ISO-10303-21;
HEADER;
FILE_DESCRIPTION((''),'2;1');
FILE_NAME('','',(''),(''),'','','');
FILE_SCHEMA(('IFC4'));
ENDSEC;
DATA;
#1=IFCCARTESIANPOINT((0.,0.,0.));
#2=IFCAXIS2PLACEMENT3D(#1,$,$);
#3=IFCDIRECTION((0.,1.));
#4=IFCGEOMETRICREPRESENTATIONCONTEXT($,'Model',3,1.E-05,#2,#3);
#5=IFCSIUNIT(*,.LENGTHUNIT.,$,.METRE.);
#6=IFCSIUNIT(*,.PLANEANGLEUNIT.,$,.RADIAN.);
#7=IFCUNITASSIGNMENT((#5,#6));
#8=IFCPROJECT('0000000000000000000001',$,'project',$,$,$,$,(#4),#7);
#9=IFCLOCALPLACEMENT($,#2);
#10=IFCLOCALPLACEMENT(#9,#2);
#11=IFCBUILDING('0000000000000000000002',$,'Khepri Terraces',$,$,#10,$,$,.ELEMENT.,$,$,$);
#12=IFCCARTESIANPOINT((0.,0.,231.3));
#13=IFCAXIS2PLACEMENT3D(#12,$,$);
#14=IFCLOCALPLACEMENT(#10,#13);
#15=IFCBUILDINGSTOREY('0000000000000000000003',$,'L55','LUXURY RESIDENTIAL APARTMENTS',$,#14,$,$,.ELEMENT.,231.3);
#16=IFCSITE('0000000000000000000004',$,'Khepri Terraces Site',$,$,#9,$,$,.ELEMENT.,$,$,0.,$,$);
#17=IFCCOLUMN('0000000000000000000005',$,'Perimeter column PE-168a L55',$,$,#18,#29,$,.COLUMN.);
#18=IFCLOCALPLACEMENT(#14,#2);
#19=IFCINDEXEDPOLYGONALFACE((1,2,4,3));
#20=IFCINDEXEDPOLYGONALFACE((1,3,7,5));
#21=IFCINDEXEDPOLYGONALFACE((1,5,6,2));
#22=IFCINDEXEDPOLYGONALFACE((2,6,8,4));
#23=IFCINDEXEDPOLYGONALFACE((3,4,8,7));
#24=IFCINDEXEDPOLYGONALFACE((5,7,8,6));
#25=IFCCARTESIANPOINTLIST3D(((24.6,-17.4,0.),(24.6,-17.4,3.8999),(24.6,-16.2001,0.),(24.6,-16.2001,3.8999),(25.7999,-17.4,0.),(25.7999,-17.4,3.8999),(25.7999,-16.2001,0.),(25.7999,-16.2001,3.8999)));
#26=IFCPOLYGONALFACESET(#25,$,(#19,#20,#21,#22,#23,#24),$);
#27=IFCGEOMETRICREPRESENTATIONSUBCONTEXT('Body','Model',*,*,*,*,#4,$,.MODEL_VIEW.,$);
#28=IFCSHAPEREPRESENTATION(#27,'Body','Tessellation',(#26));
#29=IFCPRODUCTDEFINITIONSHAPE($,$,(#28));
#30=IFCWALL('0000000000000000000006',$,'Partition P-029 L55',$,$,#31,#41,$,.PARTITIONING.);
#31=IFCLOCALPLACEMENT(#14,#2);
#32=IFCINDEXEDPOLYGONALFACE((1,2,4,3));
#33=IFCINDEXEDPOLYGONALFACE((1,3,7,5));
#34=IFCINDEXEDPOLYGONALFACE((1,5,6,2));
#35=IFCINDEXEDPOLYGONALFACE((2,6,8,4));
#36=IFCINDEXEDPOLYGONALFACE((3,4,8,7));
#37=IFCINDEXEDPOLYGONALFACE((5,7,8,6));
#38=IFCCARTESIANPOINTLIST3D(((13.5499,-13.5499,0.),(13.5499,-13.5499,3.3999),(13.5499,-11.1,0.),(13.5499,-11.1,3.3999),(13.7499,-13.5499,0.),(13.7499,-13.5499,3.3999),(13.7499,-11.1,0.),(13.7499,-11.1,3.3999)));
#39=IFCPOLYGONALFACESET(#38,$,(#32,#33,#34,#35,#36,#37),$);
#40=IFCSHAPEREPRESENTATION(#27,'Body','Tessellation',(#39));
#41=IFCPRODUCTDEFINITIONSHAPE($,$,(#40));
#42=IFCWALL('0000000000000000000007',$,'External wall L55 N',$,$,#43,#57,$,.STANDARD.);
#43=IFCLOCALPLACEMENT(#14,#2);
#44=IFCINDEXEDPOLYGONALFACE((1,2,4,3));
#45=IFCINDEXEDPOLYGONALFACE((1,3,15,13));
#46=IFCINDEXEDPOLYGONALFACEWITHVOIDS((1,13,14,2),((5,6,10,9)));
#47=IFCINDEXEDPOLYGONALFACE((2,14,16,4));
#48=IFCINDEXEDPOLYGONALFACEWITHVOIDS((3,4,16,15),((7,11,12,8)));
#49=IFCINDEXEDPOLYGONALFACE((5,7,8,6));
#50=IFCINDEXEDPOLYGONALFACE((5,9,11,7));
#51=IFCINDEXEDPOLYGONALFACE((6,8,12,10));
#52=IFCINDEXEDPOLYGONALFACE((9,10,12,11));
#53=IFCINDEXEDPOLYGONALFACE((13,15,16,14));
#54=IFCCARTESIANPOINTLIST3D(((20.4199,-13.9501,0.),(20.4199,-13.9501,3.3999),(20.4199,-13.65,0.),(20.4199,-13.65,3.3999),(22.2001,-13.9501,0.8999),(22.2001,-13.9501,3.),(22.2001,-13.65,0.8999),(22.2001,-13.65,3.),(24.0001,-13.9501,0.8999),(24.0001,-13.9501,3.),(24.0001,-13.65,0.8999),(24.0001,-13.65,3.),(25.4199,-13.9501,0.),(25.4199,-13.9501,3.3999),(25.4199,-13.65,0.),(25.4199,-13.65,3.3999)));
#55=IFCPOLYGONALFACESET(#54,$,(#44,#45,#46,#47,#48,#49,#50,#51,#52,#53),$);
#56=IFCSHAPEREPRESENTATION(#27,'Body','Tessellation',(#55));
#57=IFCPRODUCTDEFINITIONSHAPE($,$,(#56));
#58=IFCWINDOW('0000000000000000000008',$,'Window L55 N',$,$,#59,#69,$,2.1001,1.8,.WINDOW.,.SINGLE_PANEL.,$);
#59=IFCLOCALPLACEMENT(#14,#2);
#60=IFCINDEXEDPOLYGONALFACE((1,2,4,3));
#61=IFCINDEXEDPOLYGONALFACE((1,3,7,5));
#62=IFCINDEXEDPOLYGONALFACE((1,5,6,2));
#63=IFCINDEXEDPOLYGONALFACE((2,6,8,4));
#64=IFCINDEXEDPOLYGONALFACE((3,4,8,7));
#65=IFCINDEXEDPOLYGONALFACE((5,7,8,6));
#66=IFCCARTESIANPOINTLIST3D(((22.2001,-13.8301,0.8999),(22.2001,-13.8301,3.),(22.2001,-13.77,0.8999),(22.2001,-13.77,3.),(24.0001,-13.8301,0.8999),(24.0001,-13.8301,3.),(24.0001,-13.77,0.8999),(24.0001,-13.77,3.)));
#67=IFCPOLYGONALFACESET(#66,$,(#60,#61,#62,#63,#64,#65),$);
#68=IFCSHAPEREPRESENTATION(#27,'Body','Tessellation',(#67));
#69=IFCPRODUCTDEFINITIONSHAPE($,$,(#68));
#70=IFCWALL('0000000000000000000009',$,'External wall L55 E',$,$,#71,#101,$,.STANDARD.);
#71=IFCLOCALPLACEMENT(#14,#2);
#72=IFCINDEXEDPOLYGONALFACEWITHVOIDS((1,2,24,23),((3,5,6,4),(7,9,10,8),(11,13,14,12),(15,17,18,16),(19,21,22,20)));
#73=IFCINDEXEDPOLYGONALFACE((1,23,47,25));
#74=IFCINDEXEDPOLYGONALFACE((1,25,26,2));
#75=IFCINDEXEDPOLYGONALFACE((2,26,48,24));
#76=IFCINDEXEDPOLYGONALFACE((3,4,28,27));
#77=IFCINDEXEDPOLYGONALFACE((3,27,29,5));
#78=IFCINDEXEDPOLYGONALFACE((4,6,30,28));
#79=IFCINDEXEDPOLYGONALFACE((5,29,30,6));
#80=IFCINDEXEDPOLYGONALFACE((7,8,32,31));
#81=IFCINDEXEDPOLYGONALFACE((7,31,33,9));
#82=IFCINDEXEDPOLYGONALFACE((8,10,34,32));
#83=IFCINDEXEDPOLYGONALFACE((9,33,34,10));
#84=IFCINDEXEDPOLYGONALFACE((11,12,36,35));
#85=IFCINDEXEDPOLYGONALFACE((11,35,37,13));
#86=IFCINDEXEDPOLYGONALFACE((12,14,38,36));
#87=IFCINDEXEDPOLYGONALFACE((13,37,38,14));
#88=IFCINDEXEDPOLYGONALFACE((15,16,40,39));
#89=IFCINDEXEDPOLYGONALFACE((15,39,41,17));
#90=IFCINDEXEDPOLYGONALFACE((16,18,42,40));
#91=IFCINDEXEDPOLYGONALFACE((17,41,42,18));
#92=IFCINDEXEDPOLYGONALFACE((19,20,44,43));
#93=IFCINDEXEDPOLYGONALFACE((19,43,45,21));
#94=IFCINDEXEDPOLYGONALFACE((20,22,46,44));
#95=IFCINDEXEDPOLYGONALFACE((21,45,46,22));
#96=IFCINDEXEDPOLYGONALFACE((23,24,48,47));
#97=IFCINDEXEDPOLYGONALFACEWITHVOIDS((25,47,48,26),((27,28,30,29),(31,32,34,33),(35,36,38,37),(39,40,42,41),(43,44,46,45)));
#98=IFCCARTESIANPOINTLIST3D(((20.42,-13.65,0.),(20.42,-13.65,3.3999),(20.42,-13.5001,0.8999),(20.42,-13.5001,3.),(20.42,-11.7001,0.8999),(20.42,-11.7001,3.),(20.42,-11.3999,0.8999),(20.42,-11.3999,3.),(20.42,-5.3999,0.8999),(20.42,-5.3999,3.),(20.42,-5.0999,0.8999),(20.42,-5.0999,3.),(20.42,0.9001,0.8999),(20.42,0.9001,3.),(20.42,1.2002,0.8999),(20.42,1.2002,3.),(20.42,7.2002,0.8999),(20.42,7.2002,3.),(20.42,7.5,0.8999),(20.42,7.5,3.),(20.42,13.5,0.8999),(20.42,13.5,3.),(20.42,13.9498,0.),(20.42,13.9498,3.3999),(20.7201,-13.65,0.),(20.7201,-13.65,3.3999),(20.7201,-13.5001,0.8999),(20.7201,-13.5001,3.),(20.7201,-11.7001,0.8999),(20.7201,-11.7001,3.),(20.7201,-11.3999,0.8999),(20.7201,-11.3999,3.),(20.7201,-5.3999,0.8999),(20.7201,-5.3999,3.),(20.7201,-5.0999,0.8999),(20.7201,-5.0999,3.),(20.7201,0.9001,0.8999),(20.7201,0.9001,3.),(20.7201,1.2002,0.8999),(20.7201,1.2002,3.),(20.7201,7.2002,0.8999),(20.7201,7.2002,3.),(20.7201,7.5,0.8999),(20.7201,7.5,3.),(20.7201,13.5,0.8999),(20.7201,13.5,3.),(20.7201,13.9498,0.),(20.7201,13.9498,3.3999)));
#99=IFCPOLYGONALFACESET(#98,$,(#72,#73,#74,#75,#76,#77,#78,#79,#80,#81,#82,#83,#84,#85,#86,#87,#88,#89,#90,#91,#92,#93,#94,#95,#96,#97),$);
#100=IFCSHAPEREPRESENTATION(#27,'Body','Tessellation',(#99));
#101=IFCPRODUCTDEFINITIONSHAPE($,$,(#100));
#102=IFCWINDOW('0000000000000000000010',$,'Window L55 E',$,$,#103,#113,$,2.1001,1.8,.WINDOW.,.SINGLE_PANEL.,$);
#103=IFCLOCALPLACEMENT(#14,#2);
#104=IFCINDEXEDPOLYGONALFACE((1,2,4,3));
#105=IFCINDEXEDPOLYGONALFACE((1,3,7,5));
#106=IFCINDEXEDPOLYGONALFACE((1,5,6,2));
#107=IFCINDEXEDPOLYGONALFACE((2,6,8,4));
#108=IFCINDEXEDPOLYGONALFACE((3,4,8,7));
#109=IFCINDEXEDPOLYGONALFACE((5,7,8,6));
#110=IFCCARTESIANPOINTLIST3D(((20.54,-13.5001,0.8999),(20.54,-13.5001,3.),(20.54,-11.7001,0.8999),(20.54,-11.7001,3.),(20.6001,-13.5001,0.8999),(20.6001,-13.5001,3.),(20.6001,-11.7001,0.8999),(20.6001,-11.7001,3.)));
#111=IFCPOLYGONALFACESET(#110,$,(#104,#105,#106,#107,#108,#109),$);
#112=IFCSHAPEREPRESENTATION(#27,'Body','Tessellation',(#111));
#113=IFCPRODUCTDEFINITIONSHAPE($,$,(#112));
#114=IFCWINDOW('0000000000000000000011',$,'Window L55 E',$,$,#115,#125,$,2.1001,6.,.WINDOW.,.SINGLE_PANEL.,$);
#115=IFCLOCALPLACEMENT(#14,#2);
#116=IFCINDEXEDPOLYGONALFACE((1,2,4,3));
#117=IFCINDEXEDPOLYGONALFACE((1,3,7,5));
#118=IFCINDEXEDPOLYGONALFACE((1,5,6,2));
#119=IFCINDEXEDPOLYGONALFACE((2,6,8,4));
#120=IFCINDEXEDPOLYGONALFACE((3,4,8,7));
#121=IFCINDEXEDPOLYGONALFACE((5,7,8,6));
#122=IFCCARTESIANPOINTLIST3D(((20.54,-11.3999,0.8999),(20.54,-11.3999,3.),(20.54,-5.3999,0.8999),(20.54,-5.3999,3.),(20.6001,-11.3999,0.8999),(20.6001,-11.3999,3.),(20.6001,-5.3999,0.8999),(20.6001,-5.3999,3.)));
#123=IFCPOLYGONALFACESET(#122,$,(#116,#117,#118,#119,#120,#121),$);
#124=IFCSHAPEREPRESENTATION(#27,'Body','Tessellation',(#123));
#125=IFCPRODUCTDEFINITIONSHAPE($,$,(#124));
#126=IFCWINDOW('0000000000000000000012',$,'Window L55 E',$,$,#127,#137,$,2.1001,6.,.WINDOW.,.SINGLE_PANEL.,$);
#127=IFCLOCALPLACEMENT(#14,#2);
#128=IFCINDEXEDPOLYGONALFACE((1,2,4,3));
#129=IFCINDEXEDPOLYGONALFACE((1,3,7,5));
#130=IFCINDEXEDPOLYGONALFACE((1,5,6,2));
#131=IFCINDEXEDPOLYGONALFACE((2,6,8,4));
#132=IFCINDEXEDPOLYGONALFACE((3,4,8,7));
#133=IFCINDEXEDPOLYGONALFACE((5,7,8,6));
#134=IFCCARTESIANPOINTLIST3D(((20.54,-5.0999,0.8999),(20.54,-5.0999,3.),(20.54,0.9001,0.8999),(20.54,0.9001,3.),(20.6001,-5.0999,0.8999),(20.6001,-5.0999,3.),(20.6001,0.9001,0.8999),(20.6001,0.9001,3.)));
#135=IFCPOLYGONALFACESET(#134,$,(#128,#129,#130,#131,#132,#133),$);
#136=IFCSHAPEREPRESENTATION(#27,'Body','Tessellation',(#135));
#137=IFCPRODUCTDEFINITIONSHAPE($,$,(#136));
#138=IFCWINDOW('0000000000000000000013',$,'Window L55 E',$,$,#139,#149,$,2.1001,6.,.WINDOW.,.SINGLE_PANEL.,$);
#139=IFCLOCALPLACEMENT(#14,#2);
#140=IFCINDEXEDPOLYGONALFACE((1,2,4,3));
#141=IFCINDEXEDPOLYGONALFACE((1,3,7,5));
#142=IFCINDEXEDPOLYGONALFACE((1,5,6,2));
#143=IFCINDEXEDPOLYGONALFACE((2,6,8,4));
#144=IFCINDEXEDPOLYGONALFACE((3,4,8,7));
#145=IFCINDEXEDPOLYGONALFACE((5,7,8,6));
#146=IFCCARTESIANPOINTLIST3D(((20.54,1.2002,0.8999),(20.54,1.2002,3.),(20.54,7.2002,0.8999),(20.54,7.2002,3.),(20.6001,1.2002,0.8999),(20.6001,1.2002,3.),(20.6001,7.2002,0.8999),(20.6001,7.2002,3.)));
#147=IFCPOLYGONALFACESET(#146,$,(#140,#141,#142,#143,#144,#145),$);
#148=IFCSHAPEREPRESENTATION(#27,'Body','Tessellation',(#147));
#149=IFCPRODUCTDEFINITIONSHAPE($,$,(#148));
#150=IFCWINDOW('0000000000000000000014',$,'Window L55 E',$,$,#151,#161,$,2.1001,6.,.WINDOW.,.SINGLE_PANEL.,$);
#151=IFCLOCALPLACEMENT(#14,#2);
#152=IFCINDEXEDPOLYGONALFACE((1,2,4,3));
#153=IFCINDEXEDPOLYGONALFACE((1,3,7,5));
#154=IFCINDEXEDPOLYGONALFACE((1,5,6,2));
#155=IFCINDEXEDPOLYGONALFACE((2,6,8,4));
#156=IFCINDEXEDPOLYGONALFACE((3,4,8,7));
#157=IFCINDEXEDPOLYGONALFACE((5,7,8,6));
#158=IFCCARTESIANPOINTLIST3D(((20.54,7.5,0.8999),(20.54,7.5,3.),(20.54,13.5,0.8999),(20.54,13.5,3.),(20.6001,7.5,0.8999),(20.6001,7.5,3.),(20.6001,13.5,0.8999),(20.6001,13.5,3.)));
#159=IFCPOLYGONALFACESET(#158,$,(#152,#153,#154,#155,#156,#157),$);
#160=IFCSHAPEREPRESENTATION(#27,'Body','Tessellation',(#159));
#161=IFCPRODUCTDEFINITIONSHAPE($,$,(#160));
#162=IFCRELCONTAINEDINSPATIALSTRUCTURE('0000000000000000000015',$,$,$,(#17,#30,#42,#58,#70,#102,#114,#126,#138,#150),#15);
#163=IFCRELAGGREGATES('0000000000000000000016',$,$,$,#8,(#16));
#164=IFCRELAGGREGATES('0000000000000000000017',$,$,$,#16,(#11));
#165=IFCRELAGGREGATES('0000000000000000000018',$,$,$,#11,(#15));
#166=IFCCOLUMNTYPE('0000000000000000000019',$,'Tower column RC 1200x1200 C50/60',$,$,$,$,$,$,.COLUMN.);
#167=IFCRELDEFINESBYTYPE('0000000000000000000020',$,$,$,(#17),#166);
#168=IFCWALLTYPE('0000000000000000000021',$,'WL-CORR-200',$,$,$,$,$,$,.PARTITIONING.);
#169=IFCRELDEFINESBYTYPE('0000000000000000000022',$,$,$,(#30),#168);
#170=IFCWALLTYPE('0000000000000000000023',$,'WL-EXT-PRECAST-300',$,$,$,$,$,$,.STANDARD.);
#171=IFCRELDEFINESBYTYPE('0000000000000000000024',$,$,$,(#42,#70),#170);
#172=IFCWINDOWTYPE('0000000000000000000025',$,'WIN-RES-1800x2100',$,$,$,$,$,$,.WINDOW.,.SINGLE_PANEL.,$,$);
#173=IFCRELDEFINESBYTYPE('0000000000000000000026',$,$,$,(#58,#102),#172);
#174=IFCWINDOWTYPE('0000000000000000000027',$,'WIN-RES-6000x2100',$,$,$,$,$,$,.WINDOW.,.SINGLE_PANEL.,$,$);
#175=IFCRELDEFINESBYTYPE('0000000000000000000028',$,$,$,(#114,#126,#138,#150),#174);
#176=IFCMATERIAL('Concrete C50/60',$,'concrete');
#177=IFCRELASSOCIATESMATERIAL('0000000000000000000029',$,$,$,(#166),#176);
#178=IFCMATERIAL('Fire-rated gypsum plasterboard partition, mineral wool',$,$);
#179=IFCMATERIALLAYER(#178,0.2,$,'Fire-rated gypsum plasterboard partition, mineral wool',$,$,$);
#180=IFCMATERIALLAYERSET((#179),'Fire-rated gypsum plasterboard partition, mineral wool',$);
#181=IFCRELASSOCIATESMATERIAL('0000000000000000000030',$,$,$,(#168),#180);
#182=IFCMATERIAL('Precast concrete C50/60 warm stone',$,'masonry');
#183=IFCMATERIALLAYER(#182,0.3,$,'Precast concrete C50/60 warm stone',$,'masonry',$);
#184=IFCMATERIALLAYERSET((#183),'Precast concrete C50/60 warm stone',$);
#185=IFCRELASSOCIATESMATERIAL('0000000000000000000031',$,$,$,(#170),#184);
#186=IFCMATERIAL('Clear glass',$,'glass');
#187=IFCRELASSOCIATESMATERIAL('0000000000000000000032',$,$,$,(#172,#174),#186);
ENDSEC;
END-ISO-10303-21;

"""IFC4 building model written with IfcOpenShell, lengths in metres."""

from ifc_helpers import new_model, si_unit, direction, frame, frame_2d, origin, origin_2d, place, context, subcontext, project, spatial, rectangle, extrude, material, layer, layer_set, material_profile, profile_set, type_object, element, fill, save


model = new_model("IFC4")

# Units and contexts
model_context = context("Model", 3, precision=1e-05, world=origin(), true_north=direction((0.0, 1.0)))
body_context = subcontext(model_context, "Body", "Model", "MODEL_VIEW")
ifc_project = project(units=[si_unit("LENGTHUNIT", "METRE"), si_unit("PLANEANGLEUNIT", "RADIAN")], contexts=[model_context])

# Site, building, storey
site_placement = place(None, origin())
site = spatial("IfcSite", under=ifc_project, at=site_placement, Name="Khepri Terraces Site", CompositionType="ELEMENT", RefElevation=0.0)
building_placement = place(site_placement, origin())
building = spatial("IfcBuilding", under=site, at=building_placement, Name="Khepri Terraces", CompositionType="ELEMENT")
storey_placement = place(building_placement, frame((0.0, 0.0, 231.3)))
storey = spatial("IfcBuildingStorey", under=building, at=storey_placement, Name="L55", Description="LUXURY RESIDENTIAL APARTMENTS", CompositionType="ELEMENT", Elevation=231.3)

# Column
ifc_material_1 = material(Name="Concrete C50/60", Category="concrete")
ifc_material_profile = material_profile(ifc_material_1, rectangle(XDim=1.2, YDim=1.2, at=origin_2d()), Name="Concrete C50/60", Category="concrete")
ifc_profile_set = profile_set([ifc_material_profile], Name="Concrete C50/60")
column_type = type_object("IfcColumnType", Name="Tower column RC 1200x1200 C50/60", PredefinedType="COLUMN", material=ifc_profile_set)
column_placement = place(storey_placement, frame((25.2, -16.8, 0.0), z_axis=(0.0, 0.0, 1.0), x_axis=(1.0, 0.0, 0.0)))
element("IfcColumn", 1, at=column_placement, inside=storey, type_object=column_type, Name="Perimeter column PE-168a L55", PredefinedType="COLUMN", context=body_context, shape_type="SweptSolid", body=[
    extrude(rectangle(XDim=1.2, YDim=1.2, at=origin_2d()), origin(), (0.0, 0.0, 1.0), 3.8999),
])

# Wall
ifc_material_2 = material(Name="Fire-rated gypsum plasterboard partition, mineral wool")
ifc_layer_1 = layer(ifc_material_2, 0.2, Name="Fire-rated gypsum plasterboard partition, mineral wool")
ifc_layer_set_1 = layer_set([ifc_layer_1], Name="Fire-rated gypsum plasterboard partition, mineral wool")
wall_type_1 = type_object("IfcWallType", Name="WL-CORR-200", PredefinedType="PARTITIONING", material=ifc_layer_set_1)
wall_1_placement = place(storey_placement, frame((13.6499, -13.55, 0.0), z_axis=(0.0, 0.0, 1.0), x_axis=(0.0, 1.0, 0.0)))
element("IfcWall", 2, at=wall_1_placement, inside=storey, type_object=wall_type_1, Name="Partition P-029 L55", PredefinedType="PARTITIONING", context=body_context, shape_type="SweptSolid", body=[
    extrude(rectangle(XDim=2.45, YDim=0.2, at=frame_2d((1.2251, 0.0))), origin(), (0.0, 0.0, 1.0), 3.3999),
])

# Shared definitions
ifc_material_3 = material(Name="Precast concrete C50/60 warm stone", Category="masonry")
ifc_layer_2 = layer(ifc_material_3, 0.3, Name="Precast concrete C50/60 warm stone", Category="masonry")
ifc_layer_set_2 = layer_set([ifc_layer_2], Name="Precast concrete C50/60 warm stone")
wall_type_2 = type_object("IfcWallType", Name="WL-EXT-PRECAST-300", PredefinedType="STANDARD", material=ifc_layer_set_2)

# Wall, opening, window
wall_2_placement = place(storey_placement, frame((25.4199, -13.8, 0.0), z_axis=(0.0, 0.0, 1.0), x_axis=(-1.0, 0.0, 0.0)))
wall_2 = element("IfcWall", 3, at=wall_2_placement, inside=storey, type_object=wall_type_2, Name="External wall L55 N", PredefinedType="STANDARD", context=body_context, shape_type="SweptSolid", body=[
    extrude(rectangle(XDim=5.0, YDim=0.3, at=frame_2d((2.5, 0.0))), origin(), (0.0, 0.0, 1.0), 3.3999),
])
opening_1_placement = place(wall_2_placement, frame((1.4199, 0.0, 0.8999)))
opening_1 = element("IfcOpeningElement", 4, at=opening_1_placement, cuts=wall_2, PredefinedType="OPENING", context=body_context, shape_type="SweptSolid", body=[
    extrude(rectangle(XDim=1.8, YDim=2.1001, at=frame_2d((0.8999, 1.05))), frame((0.0, 0.1602, 0.0), z_axis=(0.0, -1.0, 0.0), x_axis=(1.0, 0.0, 0.0)), (0.0, 0.0, 1.0), 0.3201),
])
ifc_material_4 = material(Name="Clear glass", Category="glass")
window_type_1 = type_object("IfcWindowType", Name="WIN-RES-1800x2100", PartitioningType="SINGLE_PANEL", PredefinedType="WINDOW", material=ifc_material_4)
window_1_placement = place(opening_1_placement, origin())
window_1 = element("IfcWindow", 5, at=window_1_placement, inside=storey, type_object=window_type_1, Name="Window L55 N", OverallHeight=2.1001, OverallWidth=1.8, PartitioningType="SINGLE_PANEL", PredefinedType="WINDOW", context=body_context, shape_type="SweptSolid", body=[
    extrude(rectangle(XDim=1.8, YDim=2.1001, at=frame_2d((0.8999, 1.05))), frame((0.0, 0.03, 0.0), z_axis=(0.0, -1.0, 0.0), x_axis=(1.0, 0.0, 0.0)), (0.0, 0.0, 1.0), 0.0601),
])
fill(opening_1, window_1)

# Wall, openings, windows
wall_3_placement = place(storey_placement, frame((20.5701, -13.6499, 0.0), z_axis=(0.0, 0.0, 1.0), x_axis=(0.0, 1.0, 0.0)))
wall_3 = element("IfcWall", 6, at=wall_3_placement, inside=storey, type_object=wall_type_2, Name="External wall L55 E", PredefinedType="STANDARD", context=body_context, shape_type="SweptSolid", body=[
    extrude(rectangle(XDim=27.5999, YDim=0.3, at=frame_2d((13.7998, 0.0))), origin(), (0.0, 0.0, 1.0), 3.3999),
])
opening_2_placement = place(wall_3_placement, frame((0.1499, 0.0, 0.8999)))
opening_2 = element("IfcOpeningElement", 7, at=opening_2_placement, cuts=wall_3, PredefinedType="OPENING", context=body_context, shape_type="SweptSolid", body=[
    extrude(rectangle(XDim=1.8, YDim=2.1001, at=frame_2d((0.8999, 1.05))), frame((0.0, 0.1602, 0.0), z_axis=(0.0, -1.0, 0.0), x_axis=(1.0, 0.0, 0.0)), (0.0, 0.0, 1.0), 0.3201),
])
opening_3_placement = place(wall_3_placement, frame((2.25, 0.0, 0.8999)))
opening_3 = element("IfcOpeningElement", 8, at=opening_3_placement, cuts=wall_3, PredefinedType="OPENING", context=body_context, shape_type="SweptSolid", body=[
    extrude(rectangle(XDim=6.0, YDim=2.1001, at=frame_2d((3.0, 1.05))), frame((0.0, 0.1602, 0.0), z_axis=(0.0, -1.0, 0.0), x_axis=(1.0, 0.0, 0.0)), (0.0, 0.0, 1.0), 0.3201),
])
opening_4_placement = place(wall_3_placement, frame((8.55, 0.0, 0.8999)))
opening_4 = element("IfcOpeningElement", 9, at=opening_4_placement, cuts=wall_3, PredefinedType="OPENING", context=body_context, shape_type="SweptSolid", body=[
    extrude(rectangle(XDim=6.0, YDim=2.1001, at=frame_2d((3.0, 1.05))), frame((0.0, 0.1602, 0.0), z_axis=(0.0, -1.0, 0.0), x_axis=(1.0, 0.0, 0.0)), (0.0, 0.0, 1.0), 0.3201),
])
opening_5_placement = place(wall_3_placement, frame((14.8501, 0.0, 0.8999)))
opening_5 = element("IfcOpeningElement", 10, at=opening_5_placement, cuts=wall_3, PredefinedType="OPENING", context=body_context, shape_type="SweptSolid", body=[
    extrude(rectangle(XDim=6.0, YDim=2.1001, at=frame_2d((3.0, 1.05))), frame((0.0, 0.1602, 0.0), z_axis=(0.0, -1.0, 0.0), x_axis=(1.0, 0.0, 0.0)), (0.0, 0.0, 1.0), 0.3201),
])
opening_6_placement = place(wall_3_placement, frame((21.1499, 0.0, 0.8999)))
opening_6 = element("IfcOpeningElement", 11, at=opening_6_placement, cuts=wall_3, PredefinedType="OPENING", context=body_context, shape_type="SweptSolid", body=[
    extrude(rectangle(XDim=6.0, YDim=2.1001, at=frame_2d((3.0, 1.05))), frame((0.0, 0.1602, 0.0), z_axis=(0.0, -1.0, 0.0), x_axis=(1.0, 0.0, 0.0)), (0.0, 0.0, 1.0), 0.3201),
])
window_2_placement = place(opening_2_placement, origin())
window_2 = element("IfcWindow", 12, at=window_2_placement, inside=storey, type_object=window_type_1, Name="Window L55 E", OverallHeight=2.1001, OverallWidth=1.8, PartitioningType="SINGLE_PANEL", PredefinedType="WINDOW", context=body_context, shape_type="SweptSolid", body=[
    extrude(rectangle(XDim=1.8, YDim=2.1001, at=frame_2d((0.8999, 1.05))), frame((0.0, 0.03, 0.0), z_axis=(0.0, -1.0, 0.0), x_axis=(1.0, 0.0, 0.0)), (0.0, 0.0, 1.0), 0.0601),
])
fill(opening_2, window_2)
window_type_2 = type_object("IfcWindowType", Name="WIN-RES-6000x2100", PartitioningType="SINGLE_PANEL", PredefinedType="WINDOW", material=ifc_material_4)
window_3_placement = place(opening_3_placement, origin())
window_3 = element("IfcWindow", 13, at=window_3_placement, inside=storey, type_object=window_type_2, Name="Window L55 E", OverallHeight=2.1001, OverallWidth=6.0, PartitioningType="SINGLE_PANEL", PredefinedType="WINDOW", context=body_context, shape_type="SweptSolid", body=[
    extrude(rectangle(XDim=6.0, YDim=2.1001, at=frame_2d((3.0, 1.05))), frame((0.0, 0.03, 0.0), z_axis=(0.0, -1.0, 0.0), x_axis=(1.0, 0.0, 0.0)), (0.0, 0.0, 1.0), 0.0601),
])
fill(opening_3, window_3)
window_4_placement = place(opening_4_placement, origin())
window_4 = element("IfcWindow", 14, at=window_4_placement, inside=storey, type_object=window_type_2, Name="Window L55 E", OverallHeight=2.1001, OverallWidth=6.0, PartitioningType="SINGLE_PANEL", PredefinedType="WINDOW", context=body_context, shape_type="SweptSolid", body=[
    extrude(rectangle(XDim=6.0, YDim=2.1001, at=frame_2d((3.0, 1.05))), frame((0.0, 0.03, 0.0), z_axis=(0.0, -1.0, 0.0), x_axis=(1.0, 0.0, 0.0)), (0.0, 0.0, 1.0), 0.0601),
])
fill(opening_4, window_4)
window_5_placement = place(opening_5_placement, origin())
window_5 = element("IfcWindow", 15, at=window_5_placement, inside=storey, type_object=window_type_2, Name="Window L55 E", OverallHeight=2.1001, OverallWidth=6.0, PartitioningType="SINGLE_PANEL", PredefinedType="WINDOW", context=body_context, shape_type="SweptSolid", body=[
    extrude(rectangle(XDim=6.0, YDim=2.1001, at=frame_2d((3.0, 1.05))), frame((0.0, 0.03, 0.0), z_axis=(0.0, -1.0, 0.0), x_axis=(1.0, 0.0, 0.0)), (0.0, 0.0, 1.0), 0.0601),
])
fill(opening_5, window_5)
window_6_placement = place(opening_6_placement, origin())
window_6 = element("IfcWindow", 16, at=window_6_placement, inside=storey, type_object=window_type_2, Name="Window L55 E", OverallHeight=2.1001, OverallWidth=6.0, PartitioningType="SINGLE_PANEL", PredefinedType="WINDOW", context=body_context, shape_type="SweptSolid", body=[
    extrude(rectangle(XDim=6.0, YDim=2.1001, at=frame_2d((3.0, 1.05))), frame((0.0, 0.03, 0.0), z_axis=(0.0, -1.0, 0.0), x_axis=(1.0, 0.0, 0.0)), (0.0, 0.0, 1.0), 0.0601),
])
fill(opening_6, window_6)

save(model, "model.ifc")
